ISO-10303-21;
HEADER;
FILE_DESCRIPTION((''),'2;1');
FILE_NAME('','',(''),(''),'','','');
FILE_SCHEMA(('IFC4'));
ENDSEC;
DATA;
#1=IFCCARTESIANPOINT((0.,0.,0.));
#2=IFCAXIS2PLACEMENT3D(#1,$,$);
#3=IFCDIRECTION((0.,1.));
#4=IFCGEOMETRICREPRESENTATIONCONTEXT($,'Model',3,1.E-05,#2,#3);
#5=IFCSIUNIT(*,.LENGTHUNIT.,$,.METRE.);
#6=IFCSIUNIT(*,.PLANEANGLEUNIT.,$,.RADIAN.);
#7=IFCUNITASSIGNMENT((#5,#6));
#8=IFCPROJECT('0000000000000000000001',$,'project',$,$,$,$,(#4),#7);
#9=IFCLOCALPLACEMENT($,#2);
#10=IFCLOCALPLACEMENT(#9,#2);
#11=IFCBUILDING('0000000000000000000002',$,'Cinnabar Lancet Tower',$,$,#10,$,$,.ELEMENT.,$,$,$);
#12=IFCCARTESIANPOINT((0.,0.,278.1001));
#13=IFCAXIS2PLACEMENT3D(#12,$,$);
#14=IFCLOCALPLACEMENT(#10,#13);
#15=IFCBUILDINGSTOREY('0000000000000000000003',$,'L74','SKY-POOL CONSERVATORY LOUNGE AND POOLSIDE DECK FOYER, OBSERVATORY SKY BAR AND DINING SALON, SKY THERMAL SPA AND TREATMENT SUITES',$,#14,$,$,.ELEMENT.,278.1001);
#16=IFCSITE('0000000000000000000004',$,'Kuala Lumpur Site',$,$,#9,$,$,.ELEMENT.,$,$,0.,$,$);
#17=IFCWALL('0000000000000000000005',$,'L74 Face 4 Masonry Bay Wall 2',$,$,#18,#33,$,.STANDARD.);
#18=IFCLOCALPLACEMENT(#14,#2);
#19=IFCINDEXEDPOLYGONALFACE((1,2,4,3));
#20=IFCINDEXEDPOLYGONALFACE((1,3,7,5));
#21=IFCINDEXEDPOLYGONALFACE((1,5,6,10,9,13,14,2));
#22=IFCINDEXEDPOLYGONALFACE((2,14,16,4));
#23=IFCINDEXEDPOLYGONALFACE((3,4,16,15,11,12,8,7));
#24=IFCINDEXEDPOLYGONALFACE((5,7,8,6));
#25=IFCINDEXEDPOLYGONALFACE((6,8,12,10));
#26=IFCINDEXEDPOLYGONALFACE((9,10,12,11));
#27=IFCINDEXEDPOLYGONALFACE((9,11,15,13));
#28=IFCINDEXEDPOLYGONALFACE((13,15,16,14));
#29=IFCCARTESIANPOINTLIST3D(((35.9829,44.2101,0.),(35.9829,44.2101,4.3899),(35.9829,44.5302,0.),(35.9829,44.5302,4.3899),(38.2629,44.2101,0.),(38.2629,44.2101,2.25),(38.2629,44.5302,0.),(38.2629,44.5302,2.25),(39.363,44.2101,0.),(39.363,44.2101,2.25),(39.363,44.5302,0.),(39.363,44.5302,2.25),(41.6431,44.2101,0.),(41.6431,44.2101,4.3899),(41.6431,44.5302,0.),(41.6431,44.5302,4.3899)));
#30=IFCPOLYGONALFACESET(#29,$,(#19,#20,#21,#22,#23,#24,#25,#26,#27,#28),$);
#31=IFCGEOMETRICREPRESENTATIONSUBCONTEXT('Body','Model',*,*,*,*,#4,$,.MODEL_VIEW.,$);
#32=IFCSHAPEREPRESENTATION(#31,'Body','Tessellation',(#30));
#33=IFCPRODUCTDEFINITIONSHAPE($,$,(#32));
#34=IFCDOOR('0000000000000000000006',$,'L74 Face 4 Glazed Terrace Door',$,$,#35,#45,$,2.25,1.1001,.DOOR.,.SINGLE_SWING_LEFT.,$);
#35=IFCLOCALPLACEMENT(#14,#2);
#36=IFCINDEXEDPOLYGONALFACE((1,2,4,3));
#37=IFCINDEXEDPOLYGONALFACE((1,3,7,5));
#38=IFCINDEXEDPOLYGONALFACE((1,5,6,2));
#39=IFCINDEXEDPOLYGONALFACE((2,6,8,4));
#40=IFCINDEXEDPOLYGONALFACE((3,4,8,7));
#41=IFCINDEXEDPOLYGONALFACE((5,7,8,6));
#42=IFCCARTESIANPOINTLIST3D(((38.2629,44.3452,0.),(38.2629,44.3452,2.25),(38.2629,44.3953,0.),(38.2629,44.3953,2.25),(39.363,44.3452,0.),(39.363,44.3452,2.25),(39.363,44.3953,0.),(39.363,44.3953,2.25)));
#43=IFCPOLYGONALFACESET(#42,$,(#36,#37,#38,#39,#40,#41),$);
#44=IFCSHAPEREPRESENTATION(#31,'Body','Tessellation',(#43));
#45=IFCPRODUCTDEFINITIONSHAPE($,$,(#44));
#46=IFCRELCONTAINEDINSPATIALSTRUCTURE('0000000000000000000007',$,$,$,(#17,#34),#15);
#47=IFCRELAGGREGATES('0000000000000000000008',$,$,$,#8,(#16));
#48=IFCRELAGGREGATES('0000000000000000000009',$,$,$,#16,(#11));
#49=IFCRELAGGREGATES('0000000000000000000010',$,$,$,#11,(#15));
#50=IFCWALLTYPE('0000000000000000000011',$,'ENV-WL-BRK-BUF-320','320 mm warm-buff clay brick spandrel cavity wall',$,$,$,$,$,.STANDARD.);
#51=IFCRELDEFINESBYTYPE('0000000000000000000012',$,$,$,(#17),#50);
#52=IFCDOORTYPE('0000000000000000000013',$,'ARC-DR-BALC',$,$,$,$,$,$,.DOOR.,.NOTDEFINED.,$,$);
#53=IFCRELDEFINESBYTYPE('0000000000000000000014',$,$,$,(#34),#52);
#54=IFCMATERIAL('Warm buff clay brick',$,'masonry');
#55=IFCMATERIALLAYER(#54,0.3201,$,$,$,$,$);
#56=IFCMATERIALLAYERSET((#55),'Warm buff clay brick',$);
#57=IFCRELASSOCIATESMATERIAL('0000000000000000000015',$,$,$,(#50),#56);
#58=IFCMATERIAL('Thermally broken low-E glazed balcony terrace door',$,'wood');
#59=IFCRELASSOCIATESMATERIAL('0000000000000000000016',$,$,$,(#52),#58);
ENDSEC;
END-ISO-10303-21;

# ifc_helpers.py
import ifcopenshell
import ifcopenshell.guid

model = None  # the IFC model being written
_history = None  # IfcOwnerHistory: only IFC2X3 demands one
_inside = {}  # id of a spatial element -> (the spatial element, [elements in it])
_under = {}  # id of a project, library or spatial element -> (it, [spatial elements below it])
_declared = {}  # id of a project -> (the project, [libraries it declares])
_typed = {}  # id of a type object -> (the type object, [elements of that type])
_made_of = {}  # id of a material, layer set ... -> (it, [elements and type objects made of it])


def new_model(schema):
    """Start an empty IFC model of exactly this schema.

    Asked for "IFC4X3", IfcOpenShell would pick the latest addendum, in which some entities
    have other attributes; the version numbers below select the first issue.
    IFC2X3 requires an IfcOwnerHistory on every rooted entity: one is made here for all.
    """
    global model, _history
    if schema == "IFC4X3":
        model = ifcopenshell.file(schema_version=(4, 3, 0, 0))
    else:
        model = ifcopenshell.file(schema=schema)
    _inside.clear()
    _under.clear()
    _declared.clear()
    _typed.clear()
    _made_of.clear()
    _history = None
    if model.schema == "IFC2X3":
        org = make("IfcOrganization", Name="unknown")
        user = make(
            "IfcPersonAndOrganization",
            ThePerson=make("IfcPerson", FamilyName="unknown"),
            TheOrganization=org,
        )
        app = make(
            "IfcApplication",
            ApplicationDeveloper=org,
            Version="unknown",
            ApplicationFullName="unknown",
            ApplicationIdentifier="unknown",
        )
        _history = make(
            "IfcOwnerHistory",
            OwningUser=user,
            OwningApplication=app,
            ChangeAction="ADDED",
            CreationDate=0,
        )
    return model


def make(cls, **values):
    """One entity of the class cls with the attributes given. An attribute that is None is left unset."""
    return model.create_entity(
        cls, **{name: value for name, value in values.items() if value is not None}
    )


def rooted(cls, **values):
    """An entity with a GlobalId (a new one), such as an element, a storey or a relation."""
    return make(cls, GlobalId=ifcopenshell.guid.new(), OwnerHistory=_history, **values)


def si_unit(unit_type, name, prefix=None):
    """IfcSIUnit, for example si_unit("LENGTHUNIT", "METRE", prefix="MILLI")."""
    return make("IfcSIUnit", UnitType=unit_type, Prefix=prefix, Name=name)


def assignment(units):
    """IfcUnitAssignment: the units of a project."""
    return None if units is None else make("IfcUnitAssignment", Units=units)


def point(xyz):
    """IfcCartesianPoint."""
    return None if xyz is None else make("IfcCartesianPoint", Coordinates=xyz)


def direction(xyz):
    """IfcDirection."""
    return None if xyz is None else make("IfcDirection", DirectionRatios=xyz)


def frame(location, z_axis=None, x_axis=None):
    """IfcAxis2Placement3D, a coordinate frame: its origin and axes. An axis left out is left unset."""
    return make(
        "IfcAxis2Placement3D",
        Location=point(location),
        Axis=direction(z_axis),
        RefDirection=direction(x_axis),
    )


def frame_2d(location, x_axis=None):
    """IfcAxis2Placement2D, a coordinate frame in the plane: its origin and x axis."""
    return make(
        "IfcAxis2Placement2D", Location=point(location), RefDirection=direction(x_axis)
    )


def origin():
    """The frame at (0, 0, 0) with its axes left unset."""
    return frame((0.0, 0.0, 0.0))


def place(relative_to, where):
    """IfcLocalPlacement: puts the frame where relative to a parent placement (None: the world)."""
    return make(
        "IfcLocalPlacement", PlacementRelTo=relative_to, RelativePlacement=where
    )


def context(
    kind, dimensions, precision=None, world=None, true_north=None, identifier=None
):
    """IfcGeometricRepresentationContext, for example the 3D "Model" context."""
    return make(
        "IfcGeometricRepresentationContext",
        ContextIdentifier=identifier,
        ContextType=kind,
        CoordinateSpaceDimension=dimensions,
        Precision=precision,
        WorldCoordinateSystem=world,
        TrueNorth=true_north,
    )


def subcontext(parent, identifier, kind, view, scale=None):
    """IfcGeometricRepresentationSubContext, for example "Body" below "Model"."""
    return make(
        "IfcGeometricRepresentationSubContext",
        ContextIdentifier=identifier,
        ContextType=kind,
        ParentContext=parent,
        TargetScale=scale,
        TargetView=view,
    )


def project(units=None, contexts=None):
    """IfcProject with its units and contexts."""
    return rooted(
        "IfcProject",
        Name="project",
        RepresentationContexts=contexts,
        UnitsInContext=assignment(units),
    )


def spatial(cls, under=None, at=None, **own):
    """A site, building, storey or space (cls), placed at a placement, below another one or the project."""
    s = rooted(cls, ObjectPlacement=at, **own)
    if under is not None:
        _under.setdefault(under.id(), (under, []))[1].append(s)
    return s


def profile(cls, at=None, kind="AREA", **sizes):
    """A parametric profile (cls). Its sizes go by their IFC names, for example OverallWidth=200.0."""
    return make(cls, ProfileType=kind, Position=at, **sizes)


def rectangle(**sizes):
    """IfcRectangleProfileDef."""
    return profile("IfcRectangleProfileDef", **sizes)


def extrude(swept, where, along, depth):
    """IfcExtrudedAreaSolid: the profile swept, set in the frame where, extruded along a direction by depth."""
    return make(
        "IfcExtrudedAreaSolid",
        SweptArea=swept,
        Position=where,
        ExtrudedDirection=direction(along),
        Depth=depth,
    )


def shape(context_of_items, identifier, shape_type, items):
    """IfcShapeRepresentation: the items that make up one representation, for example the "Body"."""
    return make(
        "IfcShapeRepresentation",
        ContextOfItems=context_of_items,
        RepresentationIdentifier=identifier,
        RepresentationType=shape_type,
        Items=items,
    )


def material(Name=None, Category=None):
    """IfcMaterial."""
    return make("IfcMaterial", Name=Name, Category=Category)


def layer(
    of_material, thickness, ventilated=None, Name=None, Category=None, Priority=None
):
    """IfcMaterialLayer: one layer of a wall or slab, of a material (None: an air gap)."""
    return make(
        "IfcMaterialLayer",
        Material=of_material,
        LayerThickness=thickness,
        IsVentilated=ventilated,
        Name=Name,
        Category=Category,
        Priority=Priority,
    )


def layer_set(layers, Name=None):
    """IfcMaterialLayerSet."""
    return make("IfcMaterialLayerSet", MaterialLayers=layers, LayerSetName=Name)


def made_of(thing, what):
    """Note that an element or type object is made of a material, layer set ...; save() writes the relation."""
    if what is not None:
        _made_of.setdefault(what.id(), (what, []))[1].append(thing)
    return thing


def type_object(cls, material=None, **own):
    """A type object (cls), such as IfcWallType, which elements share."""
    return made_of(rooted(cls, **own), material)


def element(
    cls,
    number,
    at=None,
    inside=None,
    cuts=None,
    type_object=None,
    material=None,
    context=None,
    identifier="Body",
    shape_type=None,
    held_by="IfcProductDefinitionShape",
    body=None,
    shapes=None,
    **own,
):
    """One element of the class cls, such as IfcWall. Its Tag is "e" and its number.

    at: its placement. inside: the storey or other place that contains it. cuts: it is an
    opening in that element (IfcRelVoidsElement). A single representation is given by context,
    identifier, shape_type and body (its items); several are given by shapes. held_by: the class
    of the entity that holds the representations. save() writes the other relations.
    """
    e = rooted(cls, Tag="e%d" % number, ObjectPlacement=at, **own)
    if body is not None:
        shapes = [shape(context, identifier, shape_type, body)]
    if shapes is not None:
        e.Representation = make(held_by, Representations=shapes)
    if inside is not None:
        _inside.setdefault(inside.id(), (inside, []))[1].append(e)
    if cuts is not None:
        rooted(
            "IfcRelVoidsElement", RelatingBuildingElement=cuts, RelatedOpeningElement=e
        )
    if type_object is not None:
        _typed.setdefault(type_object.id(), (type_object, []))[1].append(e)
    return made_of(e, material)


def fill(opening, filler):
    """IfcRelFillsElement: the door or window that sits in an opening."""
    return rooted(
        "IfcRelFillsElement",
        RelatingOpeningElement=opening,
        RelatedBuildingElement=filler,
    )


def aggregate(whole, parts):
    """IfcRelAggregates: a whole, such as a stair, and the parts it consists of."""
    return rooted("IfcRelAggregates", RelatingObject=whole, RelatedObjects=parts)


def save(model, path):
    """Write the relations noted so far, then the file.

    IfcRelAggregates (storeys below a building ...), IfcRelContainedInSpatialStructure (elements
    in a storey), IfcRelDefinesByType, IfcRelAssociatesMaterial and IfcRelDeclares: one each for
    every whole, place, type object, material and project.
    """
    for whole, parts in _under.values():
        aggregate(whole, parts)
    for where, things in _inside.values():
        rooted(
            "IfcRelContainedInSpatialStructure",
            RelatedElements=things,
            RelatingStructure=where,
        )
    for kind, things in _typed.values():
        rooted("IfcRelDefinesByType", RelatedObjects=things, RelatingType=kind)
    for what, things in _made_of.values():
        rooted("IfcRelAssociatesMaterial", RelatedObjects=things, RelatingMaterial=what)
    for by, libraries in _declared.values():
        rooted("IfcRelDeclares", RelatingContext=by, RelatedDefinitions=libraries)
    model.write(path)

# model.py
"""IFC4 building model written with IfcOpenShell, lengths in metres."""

from ifc_helpers import new_model, si_unit, direction, frame, frame_2d, origin, place, context, subcontext, project, spatial, rectangle, extrude, material, layer, layer_set, type_object, element, fill, save


model = new_model("IFC4")

# Units and contexts
model_context = context("Model", 3, precision=1e-05, world=origin(), true_north=direction((0.0, 1.0)))
body_context = subcontext(model_context, "Body", "Model", "MODEL_VIEW")
ifc_project = project(units=[si_unit("LENGTHUNIT", "METRE"), si_unit("PLANEANGLEUNIT", "RADIAN")], contexts=[model_context])

# Site, building, storey
site_placement = place(None, origin())
site = spatial("IfcSite", under=ifc_project, at=site_placement, Name="Kuala Lumpur Site", CompositionType="ELEMENT", RefElevation=0.0)
building_placement = place(site_placement, origin())
building = spatial("IfcBuilding", under=site, at=building_placement, Name="Cinnabar Lancet Tower", CompositionType="ELEMENT")
storey_placement = place(building_placement, frame((0.0, 0.0, 278.1001)))
storey = spatial("IfcBuildingStorey", under=building, at=storey_placement, Name="L74", Description="SKY-POOL CONSERVATORY LOUNGE AND POOLSIDE DECK FOYER, OBSERVATORY SKY BAR AND DINING SALON, SKY THERMAL SPA AND TREATMENT SUITES", CompositionType="ELEMENT", Elevation=278.1001)

# Wall, opening, door
ifc_material_1 = material(Name="Warm buff clay brick", Category="masonry")
ifc_layer_1 = layer(ifc_material_1, 0.3201)
ifc_layer_set_1 = layer_set([ifc_layer_1], Name="Warm buff clay brick")
wall_type_1 = type_object("IfcWallType", Name="ENV-WL-BRK-BUF-320", Description="320 mm warm-buff clay brick spandrel cavity wall", PredefinedType="STANDARD", material=ifc_layer_set_1)
wall_1_placement = place(storey_placement, frame((41.6431, 44.3701, 0.0), z_axis=(0.0, 0.0, 1.0), x_axis=(-1.0, 0.0, 0.0)))
wall_1 = element("IfcWall", 1, at=wall_1_placement, inside=storey, type_object=wall_type_1, Name="L74 Face 4 Masonry Bay Wall 2", PredefinedType="STANDARD", context=body_context, shape_type="SweptSolid", body=[
    extrude(rectangle(XDim=5.6602, YDim=0.3201, at=frame_2d((2.8301, 0.0))), origin(), (0.0, 0.0, 1.0), 4.3899),
])
opening_placement = place(wall_1_placement, frame((2.28, 0.0, 0.0)))
opening = element("IfcOpeningElement", 2, at=opening_placement, cuts=wall_1, PredefinedType="OPENING", context=body_context, shape_type="SweptSolid", body=[
    extrude(rectangle(XDim=1.1001, YDim=2.25, at=frame_2d((0.55, 1.125))), frame((0.0, 0.1699, 0.0), z_axis=(0.0, -1.0, 0.0), x_axis=(1.0, 0.0, 0.0)), (0.0, 0.0, 1.0), 0.3401),
])
ifc_material_2 = material(Name="Thermally broken low-E glazed balcony terrace door", Category="wood")
door_type = type_object("IfcDoorType", Name="ARC-DR-BALC", OperationType="NOTDEFINED", PredefinedType="DOOR", material=ifc_material_2)
door_placement = place(opening_placement, origin())
door = element("IfcDoor", 3, at=door_placement, inside=storey, type_object=door_type, Name="L74 Face 4 Glazed Terrace Door", OperationType="SINGLE_SWING_LEFT", OverallHeight=2.25, OverallWidth=1.1001, PredefinedType="DOOR", context=body_context, shape_type="SweptSolid", body=[
    extrude(rectangle(XDim=1.1001, YDim=2.25, at=frame_2d((0.55, 1.125))), frame((0.0, 0.0249, 0.0), z_axis=(0.0, -1.0, 0.0), x_axis=(1.0, 0.0, 0.0)), (0.0, 0.0, 1.0), 0.05),
])
fill(opening, door)

save(model, "model.ifc")
